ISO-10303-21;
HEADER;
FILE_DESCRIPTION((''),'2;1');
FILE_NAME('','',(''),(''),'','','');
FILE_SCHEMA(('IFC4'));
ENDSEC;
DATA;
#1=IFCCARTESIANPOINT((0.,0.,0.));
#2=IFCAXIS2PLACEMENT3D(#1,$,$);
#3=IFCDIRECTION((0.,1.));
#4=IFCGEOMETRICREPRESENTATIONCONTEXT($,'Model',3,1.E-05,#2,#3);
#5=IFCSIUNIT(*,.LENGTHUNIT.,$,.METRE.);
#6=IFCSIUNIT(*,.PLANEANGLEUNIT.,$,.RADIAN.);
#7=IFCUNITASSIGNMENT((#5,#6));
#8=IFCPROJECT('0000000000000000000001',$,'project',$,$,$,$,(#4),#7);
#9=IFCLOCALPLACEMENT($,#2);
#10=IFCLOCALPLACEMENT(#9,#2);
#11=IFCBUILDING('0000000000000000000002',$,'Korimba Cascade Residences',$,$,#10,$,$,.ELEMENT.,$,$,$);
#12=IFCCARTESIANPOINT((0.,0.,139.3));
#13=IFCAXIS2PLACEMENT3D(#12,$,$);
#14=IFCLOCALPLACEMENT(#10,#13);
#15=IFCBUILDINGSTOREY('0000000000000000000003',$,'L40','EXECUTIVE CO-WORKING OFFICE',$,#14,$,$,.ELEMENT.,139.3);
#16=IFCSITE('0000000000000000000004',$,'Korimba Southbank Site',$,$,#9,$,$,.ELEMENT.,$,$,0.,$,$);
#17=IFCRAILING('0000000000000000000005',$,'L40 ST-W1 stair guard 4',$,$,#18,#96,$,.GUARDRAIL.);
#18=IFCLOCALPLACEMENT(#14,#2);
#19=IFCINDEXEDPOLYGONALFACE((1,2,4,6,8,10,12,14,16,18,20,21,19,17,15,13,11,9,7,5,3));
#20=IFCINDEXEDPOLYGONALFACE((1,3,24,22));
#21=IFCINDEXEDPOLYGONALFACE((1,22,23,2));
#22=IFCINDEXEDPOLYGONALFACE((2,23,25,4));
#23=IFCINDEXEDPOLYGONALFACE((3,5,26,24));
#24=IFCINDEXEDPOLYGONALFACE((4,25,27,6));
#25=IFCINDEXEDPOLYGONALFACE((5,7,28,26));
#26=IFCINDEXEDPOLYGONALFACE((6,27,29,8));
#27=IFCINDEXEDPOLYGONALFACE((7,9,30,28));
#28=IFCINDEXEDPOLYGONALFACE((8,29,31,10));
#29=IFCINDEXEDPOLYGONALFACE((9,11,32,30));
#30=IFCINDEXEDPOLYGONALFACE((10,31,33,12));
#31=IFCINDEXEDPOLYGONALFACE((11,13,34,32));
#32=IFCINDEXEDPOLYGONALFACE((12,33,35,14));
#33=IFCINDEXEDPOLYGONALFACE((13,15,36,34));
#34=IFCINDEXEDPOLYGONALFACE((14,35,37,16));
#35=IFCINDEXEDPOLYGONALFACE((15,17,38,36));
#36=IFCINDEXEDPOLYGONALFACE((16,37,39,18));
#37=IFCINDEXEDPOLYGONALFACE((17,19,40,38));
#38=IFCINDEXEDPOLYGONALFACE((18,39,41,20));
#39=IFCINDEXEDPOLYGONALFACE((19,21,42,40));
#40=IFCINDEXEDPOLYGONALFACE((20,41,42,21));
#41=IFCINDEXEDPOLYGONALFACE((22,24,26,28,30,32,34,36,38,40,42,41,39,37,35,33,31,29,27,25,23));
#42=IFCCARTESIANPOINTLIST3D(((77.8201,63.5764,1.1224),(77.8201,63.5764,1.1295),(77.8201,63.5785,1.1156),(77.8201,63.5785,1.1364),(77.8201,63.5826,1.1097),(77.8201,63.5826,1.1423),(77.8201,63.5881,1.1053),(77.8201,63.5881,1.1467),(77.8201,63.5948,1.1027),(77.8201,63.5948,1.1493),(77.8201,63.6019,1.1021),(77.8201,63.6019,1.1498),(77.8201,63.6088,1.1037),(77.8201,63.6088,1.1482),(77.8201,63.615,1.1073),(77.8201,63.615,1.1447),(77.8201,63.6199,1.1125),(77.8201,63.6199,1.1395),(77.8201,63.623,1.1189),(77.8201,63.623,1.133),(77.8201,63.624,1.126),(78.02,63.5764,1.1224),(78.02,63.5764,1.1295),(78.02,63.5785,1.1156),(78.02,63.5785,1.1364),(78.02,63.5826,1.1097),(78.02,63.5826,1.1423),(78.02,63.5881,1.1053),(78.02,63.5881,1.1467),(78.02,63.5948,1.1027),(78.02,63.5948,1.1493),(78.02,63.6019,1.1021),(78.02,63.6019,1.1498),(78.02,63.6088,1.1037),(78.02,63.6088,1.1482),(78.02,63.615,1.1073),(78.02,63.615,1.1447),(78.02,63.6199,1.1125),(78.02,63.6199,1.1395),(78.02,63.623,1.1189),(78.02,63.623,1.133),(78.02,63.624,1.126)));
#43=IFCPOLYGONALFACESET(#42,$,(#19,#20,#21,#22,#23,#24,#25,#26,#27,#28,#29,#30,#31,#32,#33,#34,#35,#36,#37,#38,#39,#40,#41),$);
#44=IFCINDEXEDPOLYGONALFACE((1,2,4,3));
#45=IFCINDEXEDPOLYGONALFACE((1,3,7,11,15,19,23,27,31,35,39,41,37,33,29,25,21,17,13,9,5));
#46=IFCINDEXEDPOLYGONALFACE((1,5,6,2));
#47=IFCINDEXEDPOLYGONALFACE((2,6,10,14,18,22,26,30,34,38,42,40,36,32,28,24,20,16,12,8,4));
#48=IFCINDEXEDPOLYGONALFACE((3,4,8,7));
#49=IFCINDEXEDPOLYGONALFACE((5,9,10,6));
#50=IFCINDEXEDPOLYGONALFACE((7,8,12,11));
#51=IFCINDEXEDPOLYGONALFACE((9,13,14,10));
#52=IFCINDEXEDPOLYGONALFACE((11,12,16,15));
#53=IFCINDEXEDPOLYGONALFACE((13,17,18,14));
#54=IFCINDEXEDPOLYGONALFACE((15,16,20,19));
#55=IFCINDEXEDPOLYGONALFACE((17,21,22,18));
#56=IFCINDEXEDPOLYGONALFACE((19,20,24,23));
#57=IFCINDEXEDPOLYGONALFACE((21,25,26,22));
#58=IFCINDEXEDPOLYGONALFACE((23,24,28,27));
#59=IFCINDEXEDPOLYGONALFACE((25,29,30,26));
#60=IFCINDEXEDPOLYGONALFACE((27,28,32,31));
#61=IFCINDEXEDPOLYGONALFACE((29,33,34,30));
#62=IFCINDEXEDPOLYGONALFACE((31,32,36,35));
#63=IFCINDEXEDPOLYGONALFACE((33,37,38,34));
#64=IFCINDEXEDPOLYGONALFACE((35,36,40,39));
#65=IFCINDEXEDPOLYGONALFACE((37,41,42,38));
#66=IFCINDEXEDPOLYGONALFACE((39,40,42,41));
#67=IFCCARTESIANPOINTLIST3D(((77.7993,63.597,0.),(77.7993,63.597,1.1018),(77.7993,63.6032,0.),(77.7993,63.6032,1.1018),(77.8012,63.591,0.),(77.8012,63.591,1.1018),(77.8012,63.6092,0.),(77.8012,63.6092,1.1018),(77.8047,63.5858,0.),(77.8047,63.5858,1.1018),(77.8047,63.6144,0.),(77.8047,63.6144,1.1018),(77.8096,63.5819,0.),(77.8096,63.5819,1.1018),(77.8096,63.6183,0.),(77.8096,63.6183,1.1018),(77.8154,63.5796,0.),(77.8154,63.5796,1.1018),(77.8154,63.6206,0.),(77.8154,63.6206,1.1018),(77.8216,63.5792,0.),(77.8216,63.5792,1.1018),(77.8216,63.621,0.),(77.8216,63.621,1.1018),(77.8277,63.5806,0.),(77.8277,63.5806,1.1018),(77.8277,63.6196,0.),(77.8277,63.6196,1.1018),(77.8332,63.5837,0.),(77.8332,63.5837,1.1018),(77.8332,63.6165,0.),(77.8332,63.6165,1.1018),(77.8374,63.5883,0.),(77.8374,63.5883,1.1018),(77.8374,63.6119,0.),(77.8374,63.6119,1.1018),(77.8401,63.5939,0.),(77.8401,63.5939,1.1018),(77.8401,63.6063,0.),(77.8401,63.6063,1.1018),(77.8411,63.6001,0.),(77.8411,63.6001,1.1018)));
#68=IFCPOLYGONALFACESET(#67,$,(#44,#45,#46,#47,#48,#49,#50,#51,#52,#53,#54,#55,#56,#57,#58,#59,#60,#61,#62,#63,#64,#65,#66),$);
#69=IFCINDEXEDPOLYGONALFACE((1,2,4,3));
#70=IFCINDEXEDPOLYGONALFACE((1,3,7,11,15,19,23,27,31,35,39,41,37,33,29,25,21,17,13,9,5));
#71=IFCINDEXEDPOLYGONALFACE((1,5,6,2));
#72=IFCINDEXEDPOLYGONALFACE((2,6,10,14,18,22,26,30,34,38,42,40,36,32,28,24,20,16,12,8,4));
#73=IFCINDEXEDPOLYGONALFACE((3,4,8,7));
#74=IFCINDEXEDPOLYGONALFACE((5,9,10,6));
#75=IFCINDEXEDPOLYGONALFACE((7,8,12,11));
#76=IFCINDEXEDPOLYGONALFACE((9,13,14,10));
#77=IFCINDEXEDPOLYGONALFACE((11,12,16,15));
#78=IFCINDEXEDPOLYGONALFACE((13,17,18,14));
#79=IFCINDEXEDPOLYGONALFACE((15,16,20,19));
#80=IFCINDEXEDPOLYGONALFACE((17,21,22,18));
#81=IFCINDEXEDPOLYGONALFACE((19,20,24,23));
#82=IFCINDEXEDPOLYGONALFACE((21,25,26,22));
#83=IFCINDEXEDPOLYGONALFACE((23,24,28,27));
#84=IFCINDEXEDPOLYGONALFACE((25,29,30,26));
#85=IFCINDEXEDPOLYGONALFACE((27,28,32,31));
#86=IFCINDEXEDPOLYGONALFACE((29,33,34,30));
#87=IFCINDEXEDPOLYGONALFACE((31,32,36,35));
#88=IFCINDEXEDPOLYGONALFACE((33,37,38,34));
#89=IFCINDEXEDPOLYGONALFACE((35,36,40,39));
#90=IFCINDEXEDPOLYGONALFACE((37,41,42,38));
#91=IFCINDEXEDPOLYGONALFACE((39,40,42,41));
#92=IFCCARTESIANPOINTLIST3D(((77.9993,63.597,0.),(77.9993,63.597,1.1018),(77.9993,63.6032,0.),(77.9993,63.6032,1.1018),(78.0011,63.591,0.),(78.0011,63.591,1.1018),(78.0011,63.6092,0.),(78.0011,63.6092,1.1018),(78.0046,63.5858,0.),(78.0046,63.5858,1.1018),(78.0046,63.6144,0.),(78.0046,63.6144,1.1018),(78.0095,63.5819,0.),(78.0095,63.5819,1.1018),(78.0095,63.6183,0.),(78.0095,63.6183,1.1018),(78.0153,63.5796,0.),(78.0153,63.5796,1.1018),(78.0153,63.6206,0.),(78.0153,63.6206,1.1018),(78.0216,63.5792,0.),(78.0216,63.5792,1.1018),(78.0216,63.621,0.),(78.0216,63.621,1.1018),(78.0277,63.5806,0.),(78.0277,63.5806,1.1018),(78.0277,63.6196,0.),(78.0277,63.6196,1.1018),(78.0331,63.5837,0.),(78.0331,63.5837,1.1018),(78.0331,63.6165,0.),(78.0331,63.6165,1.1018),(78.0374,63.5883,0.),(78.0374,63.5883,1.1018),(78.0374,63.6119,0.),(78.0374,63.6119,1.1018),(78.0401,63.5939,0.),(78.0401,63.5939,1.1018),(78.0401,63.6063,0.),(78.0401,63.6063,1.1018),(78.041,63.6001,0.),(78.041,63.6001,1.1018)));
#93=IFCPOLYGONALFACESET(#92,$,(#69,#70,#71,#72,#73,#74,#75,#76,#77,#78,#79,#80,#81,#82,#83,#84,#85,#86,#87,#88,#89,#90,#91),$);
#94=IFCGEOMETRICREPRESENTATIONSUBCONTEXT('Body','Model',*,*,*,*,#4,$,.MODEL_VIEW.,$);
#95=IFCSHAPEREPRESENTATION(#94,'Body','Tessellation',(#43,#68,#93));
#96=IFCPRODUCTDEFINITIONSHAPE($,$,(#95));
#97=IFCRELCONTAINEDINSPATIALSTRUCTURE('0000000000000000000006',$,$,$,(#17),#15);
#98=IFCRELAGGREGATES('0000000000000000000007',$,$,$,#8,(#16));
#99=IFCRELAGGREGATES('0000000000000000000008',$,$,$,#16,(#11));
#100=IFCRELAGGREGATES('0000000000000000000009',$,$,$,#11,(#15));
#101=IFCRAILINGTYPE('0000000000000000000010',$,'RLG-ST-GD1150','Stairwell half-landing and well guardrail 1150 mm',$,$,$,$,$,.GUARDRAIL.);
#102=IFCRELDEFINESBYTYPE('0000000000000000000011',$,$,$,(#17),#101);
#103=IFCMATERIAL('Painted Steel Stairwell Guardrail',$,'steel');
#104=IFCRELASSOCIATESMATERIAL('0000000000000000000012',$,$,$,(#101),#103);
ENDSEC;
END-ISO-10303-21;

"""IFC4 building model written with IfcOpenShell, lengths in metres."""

from ifc_helpers import new_model, si_unit, direction, frame, origin, origin_2d, place, context, subcontext, project, spatial, circle, extrude, material, type_object, element, save


model = new_model("IFC4")

# Units and contexts
model_context = context("Model", 3, precision=1e-05, world=origin(), true_north=direction((0.0, 1.0)))
body_context = subcontext(model_context, "Body", "Model", "MODEL_VIEW")
ifc_project = project(units=[si_unit("LENGTHUNIT", "METRE"), si_unit("PLANEANGLEUNIT", "RADIAN")], contexts=[model_context])

# Site, building, storey
site_placement = place(None, origin())
site = spatial("IfcSite", under=ifc_project, at=site_placement, Name="Korimba Southbank Site", CompositionType="ELEMENT", RefElevation=0.0)
building_placement = place(site_placement, origin())
building = spatial("IfcBuilding", under=site, at=building_placement, Name="Korimba Cascade Residences", CompositionType="ELEMENT")
storey_placement = place(building_placement, frame((0.0, 0.0, 139.3)))
storey = spatial("IfcBuildingStorey", under=building, at=storey_placement, Name="L40", Description="EXECUTIVE CO-WORKING OFFICE", CompositionType="ELEMENT", Elevation=139.3)

# Railing
ifc_material_1 = material(Name="Painted Steel Stairwell Guardrail", Category="steel")
railing_type = type_object("IfcRailingType", Name="RLG-ST-GD1150", Description="Stairwell half-landing and well guardrail 1150 mm", PredefinedType="GUARDRAIL", material=ifc_material_1)
railing_1_placement = place(storey_placement, frame((77.8201, 63.6001, 0.0)))
element("IfcRailing", 1, at=railing_1_placement, inside=storey, type_object=railing_type, Name="L40 ST-W1 stair guard 4", PredefinedType="GUARDRAIL", context=body_context, shape_type="SweptSolid", body=[
    extrude(circle(Radius=0.0239, at=origin_2d()), frame((0.0, 0.0, 1.126), z_axis=(1.0, 0.0, 0.0), x_axis=(0.0, 1.0, 0.0)), (0.0, 0.0, 1.0), 0.2),
    extrude(circle(Radius=0.021, at=origin_2d()), origin(), (0.0, 0.0, 1.0), 1.1018),
    extrude(circle(Radius=0.021, at=origin_2d()), frame((0.2, 0.0, 0.0)), (0.0, 0.0, 1.0), 1.1018),
])

save(model, "model.ifc")
